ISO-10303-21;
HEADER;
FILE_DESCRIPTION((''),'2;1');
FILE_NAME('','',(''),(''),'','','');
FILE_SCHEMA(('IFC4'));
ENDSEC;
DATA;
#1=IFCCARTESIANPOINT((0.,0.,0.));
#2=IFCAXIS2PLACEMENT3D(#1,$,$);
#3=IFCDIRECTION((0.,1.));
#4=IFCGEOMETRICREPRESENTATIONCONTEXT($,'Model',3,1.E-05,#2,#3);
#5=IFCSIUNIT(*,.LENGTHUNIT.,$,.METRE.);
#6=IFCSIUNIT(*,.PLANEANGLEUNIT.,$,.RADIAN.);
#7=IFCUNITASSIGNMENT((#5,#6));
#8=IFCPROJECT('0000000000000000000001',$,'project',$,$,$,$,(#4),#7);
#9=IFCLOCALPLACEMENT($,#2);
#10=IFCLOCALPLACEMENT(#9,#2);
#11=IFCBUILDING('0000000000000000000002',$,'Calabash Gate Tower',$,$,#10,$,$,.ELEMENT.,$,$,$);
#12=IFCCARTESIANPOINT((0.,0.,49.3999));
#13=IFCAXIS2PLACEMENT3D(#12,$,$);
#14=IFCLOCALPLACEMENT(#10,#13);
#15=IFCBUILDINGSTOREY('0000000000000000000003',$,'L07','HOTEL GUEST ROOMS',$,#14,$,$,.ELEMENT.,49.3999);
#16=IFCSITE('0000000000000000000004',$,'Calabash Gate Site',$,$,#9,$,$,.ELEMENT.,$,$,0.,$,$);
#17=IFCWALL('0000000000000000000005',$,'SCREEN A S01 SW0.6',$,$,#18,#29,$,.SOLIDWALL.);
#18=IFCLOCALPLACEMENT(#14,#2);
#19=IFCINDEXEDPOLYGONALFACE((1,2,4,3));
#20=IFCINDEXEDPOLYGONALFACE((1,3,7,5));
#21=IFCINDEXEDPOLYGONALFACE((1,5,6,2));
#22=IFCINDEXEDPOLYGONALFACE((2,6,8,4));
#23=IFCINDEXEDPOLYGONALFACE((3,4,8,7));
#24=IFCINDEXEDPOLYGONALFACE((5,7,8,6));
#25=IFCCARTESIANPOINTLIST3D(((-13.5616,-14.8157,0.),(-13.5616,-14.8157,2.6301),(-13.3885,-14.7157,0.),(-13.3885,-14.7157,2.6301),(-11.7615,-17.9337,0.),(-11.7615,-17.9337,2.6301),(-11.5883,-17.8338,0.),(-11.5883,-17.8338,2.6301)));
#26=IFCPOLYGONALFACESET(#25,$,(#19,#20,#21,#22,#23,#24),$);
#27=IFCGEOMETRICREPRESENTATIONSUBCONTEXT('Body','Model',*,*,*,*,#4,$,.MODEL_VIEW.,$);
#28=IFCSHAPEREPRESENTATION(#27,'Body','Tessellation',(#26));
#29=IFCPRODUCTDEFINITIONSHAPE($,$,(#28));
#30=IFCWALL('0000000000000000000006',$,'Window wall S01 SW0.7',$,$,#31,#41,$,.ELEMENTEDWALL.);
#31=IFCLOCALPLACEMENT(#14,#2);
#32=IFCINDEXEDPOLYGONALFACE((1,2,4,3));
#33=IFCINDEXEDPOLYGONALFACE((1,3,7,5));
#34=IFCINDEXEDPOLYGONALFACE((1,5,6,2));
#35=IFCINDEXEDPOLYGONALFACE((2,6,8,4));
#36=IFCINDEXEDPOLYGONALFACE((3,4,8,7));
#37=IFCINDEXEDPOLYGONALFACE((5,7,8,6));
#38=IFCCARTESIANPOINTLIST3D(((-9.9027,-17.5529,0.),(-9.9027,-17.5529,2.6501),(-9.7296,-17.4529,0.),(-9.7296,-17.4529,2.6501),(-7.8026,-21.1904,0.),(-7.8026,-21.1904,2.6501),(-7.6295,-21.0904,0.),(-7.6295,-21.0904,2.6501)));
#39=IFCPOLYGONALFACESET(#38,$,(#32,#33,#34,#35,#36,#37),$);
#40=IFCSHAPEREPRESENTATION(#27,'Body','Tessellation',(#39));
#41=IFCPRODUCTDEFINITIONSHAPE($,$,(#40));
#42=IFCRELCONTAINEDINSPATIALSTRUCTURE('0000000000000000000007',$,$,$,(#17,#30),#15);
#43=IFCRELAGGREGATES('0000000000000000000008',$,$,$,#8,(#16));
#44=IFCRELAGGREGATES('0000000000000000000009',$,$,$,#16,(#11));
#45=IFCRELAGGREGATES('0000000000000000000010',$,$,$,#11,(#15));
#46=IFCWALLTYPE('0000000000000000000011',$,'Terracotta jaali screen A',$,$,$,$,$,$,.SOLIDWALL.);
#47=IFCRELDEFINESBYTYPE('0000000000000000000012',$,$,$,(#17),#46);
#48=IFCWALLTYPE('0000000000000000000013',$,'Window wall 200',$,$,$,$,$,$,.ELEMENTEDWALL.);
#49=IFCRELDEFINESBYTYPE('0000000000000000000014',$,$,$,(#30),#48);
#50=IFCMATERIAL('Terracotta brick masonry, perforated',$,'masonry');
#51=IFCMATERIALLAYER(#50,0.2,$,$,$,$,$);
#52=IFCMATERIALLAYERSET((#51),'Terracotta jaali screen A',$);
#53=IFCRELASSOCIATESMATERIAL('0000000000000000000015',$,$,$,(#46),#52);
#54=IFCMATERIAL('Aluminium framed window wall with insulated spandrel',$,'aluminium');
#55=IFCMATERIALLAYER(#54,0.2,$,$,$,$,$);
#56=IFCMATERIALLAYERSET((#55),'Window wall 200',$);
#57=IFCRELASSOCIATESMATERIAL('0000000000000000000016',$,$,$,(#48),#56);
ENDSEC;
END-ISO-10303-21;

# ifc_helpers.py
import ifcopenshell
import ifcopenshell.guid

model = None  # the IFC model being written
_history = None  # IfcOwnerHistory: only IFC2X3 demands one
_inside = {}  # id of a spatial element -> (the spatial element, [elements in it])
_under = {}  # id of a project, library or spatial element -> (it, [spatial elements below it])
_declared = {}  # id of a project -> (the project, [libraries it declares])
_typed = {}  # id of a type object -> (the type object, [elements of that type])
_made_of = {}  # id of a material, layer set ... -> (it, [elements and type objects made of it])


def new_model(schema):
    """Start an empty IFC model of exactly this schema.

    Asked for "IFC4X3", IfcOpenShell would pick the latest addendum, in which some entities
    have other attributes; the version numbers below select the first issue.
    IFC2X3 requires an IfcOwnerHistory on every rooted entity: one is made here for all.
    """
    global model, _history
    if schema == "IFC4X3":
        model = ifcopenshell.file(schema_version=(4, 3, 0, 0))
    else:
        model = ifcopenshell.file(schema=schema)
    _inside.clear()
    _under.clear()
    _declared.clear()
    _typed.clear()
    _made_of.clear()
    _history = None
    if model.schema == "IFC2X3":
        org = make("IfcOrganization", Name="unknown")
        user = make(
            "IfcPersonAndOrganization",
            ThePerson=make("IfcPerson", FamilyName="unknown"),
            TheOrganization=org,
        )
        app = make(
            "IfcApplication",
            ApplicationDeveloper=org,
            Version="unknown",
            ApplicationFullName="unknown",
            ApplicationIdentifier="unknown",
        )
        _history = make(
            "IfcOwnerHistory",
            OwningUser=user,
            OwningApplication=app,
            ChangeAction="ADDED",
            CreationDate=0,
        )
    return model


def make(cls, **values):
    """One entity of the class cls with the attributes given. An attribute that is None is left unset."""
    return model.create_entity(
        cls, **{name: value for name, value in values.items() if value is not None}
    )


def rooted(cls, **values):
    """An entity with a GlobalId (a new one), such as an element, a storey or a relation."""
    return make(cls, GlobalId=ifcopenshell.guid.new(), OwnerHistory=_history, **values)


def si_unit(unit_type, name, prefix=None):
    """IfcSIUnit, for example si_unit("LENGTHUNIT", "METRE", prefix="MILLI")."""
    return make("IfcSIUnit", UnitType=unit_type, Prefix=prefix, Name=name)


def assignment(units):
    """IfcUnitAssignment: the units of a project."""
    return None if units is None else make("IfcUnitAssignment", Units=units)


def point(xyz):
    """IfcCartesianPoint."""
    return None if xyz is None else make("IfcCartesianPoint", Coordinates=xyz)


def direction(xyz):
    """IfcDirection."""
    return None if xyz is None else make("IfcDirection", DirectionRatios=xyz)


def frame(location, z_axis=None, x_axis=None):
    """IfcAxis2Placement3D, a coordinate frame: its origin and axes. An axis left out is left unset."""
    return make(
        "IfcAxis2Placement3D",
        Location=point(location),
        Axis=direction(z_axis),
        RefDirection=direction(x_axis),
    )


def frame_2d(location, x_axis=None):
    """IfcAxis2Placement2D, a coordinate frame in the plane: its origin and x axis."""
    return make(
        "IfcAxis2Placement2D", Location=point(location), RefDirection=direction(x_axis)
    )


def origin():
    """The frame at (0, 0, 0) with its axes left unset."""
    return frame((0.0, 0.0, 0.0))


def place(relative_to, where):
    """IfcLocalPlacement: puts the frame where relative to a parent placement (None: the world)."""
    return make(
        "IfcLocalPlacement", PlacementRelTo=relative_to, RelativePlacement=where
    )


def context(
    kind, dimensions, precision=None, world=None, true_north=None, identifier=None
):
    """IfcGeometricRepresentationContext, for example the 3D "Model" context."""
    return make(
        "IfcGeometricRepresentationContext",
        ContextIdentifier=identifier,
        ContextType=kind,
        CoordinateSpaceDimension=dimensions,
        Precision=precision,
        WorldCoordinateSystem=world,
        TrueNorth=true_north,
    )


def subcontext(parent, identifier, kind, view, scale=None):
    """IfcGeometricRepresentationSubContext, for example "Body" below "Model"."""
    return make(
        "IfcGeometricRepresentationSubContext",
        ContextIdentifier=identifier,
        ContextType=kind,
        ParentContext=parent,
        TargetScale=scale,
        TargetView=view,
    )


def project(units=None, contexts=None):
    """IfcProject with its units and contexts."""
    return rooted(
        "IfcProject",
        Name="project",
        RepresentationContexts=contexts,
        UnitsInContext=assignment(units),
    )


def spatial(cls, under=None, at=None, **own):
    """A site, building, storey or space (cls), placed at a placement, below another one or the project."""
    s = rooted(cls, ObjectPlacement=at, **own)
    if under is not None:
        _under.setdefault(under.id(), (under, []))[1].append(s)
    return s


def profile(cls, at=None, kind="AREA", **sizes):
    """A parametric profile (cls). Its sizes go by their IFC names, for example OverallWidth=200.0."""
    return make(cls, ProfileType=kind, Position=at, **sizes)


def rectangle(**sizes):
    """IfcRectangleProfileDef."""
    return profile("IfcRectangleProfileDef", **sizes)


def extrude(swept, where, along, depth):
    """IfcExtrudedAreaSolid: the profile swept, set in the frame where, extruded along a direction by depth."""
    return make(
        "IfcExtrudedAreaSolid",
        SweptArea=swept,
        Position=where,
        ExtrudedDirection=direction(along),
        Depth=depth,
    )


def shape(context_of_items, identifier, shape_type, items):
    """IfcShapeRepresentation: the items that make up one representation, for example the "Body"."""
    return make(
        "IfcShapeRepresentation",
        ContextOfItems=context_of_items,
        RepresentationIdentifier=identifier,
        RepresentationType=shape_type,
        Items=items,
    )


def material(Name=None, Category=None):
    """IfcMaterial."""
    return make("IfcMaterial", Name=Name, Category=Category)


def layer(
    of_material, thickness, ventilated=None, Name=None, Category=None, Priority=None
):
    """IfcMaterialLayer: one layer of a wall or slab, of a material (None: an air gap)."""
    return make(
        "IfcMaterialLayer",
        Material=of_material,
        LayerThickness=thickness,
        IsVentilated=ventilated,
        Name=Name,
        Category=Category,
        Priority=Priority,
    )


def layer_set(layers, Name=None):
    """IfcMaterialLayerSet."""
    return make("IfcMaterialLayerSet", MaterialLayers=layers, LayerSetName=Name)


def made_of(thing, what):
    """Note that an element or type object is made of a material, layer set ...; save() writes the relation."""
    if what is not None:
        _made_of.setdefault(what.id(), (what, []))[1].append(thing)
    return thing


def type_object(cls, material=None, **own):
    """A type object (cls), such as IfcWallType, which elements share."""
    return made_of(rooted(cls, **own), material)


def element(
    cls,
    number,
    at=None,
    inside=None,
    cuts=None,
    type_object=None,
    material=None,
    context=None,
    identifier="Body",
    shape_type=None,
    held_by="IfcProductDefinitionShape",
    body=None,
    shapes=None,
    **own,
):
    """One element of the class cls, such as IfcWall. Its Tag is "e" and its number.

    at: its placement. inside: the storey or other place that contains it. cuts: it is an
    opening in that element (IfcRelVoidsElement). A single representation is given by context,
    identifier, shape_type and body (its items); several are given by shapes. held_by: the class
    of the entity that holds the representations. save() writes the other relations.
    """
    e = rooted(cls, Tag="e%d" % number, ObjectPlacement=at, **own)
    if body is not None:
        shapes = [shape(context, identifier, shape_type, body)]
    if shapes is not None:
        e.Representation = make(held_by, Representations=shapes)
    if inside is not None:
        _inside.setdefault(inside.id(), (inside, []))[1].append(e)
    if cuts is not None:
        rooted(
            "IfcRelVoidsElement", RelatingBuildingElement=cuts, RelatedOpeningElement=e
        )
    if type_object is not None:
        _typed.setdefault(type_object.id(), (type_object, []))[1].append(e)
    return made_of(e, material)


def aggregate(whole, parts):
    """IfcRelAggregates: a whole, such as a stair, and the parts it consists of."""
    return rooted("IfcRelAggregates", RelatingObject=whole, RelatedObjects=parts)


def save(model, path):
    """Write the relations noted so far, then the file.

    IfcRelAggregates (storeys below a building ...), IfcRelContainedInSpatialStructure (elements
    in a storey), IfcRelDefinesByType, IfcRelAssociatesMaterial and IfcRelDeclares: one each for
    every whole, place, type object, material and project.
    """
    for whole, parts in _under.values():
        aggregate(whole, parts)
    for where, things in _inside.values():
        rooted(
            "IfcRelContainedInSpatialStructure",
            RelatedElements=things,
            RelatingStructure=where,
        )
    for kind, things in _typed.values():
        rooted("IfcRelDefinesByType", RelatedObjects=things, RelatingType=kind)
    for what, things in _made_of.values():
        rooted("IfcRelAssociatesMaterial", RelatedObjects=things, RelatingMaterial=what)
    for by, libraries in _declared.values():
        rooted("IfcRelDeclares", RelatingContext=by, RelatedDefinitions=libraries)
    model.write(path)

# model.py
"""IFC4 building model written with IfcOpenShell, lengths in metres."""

from ifc_helpers import new_model, si_unit, direction, frame, frame_2d, origin, place, context, subcontext, project, spatial, rectangle, extrude, material, layer, layer_set, type_object, element, save


model = new_model("IFC4")

# Units and contexts
model_context = context("Model", 3, precision=1e-05, world=origin(), true_north=direction((0.0, 1.0)))
body_context = subcontext(model_context, "Body", "Model", "MODEL_VIEW")
ifc_project = project(units=[si_unit("LENGTHUNIT", "METRE"), si_unit("PLANEANGLEUNIT", "RADIAN")], contexts=[model_context])

# Site, building, storey
site_placement = place(None, origin())
site = spatial("IfcSite", under=ifc_project, at=site_placement, Name="Calabash Gate Site", CompositionType="ELEMENT", RefElevation=0.0)
building_placement = place(site_placement, origin())
building = spatial("IfcBuilding", under=site, at=building_placement, Name="Calabash Gate Tower", CompositionType="ELEMENT")
storey_placement = place(building_placement, frame((0.0, 0.0, 49.3999)))
storey = spatial("IfcBuildingStorey", under=building, at=storey_placement, Name="L07", Description="HOTEL GUEST ROOMS", CompositionType="ELEMENT", Elevation=49.3999)

# Wall
ifc_material_1 = material(Name="Terracotta brick masonry, perforated", Category="masonry")
ifc_layer_1 = layer(ifc_material_1, 0.2)
ifc_layer_set_1 = layer_set([ifc_layer_1], Name="Terracotta jaali screen A")
wall_type_1 = type_object("IfcWallType", Name="Terracotta jaali screen A", PredefinedType="SOLIDWALL", material=ifc_layer_set_1)
wall_1_placement = place(storey_placement, frame((-13.4751, -14.7656, 0.0), z_axis=(0.0, 0.0, 1.0), x_axis=(0.499983, -0.866035, 0.0)))
element("IfcWall", 1, at=wall_1_placement, inside=storey, type_object=wall_type_1, Name="SCREEN A S01 SW0.6", PredefinedType="SOLIDWALL", context=body_context, shape_type="SweptSolid", body=[
    extrude(rectangle(XDim=3.6003, YDim=0.2, at=frame_2d((1.8003, 0.0))), origin(), (0.0, 0.0, 1.0), 2.6301),
])

# Shared definitions
ifc_material_2 = material(Name="Aluminium framed window wall with insulated spandrel", Category="aluminium")
ifc_layer_2 = layer(ifc_material_2, 0.2)
ifc_layer_set_2 = layer_set([ifc_layer_2], Name="Window wall 200")
wall_type_2 = type_object("IfcWallType", Name="Window wall 200", PredefinedType="ELEMENTEDWALL", material=ifc_layer_set_2)

# Wall
wall_2_placement = place(storey_placement, frame((-9.8162, -17.5029, 0.0), z_axis=(0.0, 0.0, 1.0), x_axis=(0.500003, -0.866024, 0.0)))
element("IfcWall", 2, at=wall_2_placement, inside=storey, type_object=wall_type_2, Name="Window wall S01 SW0.7", PredefinedType="ELEMENTEDWALL", context=body_context, shape_type="SweptSolid", body=[
    extrude(rectangle(XDim=4.2002, YDim=0.2, at=frame_2d((2.1001, 0.0))), origin(), (0.0, 0.0, 1.0), 2.6501),
])

save(model, "model.ifc")
